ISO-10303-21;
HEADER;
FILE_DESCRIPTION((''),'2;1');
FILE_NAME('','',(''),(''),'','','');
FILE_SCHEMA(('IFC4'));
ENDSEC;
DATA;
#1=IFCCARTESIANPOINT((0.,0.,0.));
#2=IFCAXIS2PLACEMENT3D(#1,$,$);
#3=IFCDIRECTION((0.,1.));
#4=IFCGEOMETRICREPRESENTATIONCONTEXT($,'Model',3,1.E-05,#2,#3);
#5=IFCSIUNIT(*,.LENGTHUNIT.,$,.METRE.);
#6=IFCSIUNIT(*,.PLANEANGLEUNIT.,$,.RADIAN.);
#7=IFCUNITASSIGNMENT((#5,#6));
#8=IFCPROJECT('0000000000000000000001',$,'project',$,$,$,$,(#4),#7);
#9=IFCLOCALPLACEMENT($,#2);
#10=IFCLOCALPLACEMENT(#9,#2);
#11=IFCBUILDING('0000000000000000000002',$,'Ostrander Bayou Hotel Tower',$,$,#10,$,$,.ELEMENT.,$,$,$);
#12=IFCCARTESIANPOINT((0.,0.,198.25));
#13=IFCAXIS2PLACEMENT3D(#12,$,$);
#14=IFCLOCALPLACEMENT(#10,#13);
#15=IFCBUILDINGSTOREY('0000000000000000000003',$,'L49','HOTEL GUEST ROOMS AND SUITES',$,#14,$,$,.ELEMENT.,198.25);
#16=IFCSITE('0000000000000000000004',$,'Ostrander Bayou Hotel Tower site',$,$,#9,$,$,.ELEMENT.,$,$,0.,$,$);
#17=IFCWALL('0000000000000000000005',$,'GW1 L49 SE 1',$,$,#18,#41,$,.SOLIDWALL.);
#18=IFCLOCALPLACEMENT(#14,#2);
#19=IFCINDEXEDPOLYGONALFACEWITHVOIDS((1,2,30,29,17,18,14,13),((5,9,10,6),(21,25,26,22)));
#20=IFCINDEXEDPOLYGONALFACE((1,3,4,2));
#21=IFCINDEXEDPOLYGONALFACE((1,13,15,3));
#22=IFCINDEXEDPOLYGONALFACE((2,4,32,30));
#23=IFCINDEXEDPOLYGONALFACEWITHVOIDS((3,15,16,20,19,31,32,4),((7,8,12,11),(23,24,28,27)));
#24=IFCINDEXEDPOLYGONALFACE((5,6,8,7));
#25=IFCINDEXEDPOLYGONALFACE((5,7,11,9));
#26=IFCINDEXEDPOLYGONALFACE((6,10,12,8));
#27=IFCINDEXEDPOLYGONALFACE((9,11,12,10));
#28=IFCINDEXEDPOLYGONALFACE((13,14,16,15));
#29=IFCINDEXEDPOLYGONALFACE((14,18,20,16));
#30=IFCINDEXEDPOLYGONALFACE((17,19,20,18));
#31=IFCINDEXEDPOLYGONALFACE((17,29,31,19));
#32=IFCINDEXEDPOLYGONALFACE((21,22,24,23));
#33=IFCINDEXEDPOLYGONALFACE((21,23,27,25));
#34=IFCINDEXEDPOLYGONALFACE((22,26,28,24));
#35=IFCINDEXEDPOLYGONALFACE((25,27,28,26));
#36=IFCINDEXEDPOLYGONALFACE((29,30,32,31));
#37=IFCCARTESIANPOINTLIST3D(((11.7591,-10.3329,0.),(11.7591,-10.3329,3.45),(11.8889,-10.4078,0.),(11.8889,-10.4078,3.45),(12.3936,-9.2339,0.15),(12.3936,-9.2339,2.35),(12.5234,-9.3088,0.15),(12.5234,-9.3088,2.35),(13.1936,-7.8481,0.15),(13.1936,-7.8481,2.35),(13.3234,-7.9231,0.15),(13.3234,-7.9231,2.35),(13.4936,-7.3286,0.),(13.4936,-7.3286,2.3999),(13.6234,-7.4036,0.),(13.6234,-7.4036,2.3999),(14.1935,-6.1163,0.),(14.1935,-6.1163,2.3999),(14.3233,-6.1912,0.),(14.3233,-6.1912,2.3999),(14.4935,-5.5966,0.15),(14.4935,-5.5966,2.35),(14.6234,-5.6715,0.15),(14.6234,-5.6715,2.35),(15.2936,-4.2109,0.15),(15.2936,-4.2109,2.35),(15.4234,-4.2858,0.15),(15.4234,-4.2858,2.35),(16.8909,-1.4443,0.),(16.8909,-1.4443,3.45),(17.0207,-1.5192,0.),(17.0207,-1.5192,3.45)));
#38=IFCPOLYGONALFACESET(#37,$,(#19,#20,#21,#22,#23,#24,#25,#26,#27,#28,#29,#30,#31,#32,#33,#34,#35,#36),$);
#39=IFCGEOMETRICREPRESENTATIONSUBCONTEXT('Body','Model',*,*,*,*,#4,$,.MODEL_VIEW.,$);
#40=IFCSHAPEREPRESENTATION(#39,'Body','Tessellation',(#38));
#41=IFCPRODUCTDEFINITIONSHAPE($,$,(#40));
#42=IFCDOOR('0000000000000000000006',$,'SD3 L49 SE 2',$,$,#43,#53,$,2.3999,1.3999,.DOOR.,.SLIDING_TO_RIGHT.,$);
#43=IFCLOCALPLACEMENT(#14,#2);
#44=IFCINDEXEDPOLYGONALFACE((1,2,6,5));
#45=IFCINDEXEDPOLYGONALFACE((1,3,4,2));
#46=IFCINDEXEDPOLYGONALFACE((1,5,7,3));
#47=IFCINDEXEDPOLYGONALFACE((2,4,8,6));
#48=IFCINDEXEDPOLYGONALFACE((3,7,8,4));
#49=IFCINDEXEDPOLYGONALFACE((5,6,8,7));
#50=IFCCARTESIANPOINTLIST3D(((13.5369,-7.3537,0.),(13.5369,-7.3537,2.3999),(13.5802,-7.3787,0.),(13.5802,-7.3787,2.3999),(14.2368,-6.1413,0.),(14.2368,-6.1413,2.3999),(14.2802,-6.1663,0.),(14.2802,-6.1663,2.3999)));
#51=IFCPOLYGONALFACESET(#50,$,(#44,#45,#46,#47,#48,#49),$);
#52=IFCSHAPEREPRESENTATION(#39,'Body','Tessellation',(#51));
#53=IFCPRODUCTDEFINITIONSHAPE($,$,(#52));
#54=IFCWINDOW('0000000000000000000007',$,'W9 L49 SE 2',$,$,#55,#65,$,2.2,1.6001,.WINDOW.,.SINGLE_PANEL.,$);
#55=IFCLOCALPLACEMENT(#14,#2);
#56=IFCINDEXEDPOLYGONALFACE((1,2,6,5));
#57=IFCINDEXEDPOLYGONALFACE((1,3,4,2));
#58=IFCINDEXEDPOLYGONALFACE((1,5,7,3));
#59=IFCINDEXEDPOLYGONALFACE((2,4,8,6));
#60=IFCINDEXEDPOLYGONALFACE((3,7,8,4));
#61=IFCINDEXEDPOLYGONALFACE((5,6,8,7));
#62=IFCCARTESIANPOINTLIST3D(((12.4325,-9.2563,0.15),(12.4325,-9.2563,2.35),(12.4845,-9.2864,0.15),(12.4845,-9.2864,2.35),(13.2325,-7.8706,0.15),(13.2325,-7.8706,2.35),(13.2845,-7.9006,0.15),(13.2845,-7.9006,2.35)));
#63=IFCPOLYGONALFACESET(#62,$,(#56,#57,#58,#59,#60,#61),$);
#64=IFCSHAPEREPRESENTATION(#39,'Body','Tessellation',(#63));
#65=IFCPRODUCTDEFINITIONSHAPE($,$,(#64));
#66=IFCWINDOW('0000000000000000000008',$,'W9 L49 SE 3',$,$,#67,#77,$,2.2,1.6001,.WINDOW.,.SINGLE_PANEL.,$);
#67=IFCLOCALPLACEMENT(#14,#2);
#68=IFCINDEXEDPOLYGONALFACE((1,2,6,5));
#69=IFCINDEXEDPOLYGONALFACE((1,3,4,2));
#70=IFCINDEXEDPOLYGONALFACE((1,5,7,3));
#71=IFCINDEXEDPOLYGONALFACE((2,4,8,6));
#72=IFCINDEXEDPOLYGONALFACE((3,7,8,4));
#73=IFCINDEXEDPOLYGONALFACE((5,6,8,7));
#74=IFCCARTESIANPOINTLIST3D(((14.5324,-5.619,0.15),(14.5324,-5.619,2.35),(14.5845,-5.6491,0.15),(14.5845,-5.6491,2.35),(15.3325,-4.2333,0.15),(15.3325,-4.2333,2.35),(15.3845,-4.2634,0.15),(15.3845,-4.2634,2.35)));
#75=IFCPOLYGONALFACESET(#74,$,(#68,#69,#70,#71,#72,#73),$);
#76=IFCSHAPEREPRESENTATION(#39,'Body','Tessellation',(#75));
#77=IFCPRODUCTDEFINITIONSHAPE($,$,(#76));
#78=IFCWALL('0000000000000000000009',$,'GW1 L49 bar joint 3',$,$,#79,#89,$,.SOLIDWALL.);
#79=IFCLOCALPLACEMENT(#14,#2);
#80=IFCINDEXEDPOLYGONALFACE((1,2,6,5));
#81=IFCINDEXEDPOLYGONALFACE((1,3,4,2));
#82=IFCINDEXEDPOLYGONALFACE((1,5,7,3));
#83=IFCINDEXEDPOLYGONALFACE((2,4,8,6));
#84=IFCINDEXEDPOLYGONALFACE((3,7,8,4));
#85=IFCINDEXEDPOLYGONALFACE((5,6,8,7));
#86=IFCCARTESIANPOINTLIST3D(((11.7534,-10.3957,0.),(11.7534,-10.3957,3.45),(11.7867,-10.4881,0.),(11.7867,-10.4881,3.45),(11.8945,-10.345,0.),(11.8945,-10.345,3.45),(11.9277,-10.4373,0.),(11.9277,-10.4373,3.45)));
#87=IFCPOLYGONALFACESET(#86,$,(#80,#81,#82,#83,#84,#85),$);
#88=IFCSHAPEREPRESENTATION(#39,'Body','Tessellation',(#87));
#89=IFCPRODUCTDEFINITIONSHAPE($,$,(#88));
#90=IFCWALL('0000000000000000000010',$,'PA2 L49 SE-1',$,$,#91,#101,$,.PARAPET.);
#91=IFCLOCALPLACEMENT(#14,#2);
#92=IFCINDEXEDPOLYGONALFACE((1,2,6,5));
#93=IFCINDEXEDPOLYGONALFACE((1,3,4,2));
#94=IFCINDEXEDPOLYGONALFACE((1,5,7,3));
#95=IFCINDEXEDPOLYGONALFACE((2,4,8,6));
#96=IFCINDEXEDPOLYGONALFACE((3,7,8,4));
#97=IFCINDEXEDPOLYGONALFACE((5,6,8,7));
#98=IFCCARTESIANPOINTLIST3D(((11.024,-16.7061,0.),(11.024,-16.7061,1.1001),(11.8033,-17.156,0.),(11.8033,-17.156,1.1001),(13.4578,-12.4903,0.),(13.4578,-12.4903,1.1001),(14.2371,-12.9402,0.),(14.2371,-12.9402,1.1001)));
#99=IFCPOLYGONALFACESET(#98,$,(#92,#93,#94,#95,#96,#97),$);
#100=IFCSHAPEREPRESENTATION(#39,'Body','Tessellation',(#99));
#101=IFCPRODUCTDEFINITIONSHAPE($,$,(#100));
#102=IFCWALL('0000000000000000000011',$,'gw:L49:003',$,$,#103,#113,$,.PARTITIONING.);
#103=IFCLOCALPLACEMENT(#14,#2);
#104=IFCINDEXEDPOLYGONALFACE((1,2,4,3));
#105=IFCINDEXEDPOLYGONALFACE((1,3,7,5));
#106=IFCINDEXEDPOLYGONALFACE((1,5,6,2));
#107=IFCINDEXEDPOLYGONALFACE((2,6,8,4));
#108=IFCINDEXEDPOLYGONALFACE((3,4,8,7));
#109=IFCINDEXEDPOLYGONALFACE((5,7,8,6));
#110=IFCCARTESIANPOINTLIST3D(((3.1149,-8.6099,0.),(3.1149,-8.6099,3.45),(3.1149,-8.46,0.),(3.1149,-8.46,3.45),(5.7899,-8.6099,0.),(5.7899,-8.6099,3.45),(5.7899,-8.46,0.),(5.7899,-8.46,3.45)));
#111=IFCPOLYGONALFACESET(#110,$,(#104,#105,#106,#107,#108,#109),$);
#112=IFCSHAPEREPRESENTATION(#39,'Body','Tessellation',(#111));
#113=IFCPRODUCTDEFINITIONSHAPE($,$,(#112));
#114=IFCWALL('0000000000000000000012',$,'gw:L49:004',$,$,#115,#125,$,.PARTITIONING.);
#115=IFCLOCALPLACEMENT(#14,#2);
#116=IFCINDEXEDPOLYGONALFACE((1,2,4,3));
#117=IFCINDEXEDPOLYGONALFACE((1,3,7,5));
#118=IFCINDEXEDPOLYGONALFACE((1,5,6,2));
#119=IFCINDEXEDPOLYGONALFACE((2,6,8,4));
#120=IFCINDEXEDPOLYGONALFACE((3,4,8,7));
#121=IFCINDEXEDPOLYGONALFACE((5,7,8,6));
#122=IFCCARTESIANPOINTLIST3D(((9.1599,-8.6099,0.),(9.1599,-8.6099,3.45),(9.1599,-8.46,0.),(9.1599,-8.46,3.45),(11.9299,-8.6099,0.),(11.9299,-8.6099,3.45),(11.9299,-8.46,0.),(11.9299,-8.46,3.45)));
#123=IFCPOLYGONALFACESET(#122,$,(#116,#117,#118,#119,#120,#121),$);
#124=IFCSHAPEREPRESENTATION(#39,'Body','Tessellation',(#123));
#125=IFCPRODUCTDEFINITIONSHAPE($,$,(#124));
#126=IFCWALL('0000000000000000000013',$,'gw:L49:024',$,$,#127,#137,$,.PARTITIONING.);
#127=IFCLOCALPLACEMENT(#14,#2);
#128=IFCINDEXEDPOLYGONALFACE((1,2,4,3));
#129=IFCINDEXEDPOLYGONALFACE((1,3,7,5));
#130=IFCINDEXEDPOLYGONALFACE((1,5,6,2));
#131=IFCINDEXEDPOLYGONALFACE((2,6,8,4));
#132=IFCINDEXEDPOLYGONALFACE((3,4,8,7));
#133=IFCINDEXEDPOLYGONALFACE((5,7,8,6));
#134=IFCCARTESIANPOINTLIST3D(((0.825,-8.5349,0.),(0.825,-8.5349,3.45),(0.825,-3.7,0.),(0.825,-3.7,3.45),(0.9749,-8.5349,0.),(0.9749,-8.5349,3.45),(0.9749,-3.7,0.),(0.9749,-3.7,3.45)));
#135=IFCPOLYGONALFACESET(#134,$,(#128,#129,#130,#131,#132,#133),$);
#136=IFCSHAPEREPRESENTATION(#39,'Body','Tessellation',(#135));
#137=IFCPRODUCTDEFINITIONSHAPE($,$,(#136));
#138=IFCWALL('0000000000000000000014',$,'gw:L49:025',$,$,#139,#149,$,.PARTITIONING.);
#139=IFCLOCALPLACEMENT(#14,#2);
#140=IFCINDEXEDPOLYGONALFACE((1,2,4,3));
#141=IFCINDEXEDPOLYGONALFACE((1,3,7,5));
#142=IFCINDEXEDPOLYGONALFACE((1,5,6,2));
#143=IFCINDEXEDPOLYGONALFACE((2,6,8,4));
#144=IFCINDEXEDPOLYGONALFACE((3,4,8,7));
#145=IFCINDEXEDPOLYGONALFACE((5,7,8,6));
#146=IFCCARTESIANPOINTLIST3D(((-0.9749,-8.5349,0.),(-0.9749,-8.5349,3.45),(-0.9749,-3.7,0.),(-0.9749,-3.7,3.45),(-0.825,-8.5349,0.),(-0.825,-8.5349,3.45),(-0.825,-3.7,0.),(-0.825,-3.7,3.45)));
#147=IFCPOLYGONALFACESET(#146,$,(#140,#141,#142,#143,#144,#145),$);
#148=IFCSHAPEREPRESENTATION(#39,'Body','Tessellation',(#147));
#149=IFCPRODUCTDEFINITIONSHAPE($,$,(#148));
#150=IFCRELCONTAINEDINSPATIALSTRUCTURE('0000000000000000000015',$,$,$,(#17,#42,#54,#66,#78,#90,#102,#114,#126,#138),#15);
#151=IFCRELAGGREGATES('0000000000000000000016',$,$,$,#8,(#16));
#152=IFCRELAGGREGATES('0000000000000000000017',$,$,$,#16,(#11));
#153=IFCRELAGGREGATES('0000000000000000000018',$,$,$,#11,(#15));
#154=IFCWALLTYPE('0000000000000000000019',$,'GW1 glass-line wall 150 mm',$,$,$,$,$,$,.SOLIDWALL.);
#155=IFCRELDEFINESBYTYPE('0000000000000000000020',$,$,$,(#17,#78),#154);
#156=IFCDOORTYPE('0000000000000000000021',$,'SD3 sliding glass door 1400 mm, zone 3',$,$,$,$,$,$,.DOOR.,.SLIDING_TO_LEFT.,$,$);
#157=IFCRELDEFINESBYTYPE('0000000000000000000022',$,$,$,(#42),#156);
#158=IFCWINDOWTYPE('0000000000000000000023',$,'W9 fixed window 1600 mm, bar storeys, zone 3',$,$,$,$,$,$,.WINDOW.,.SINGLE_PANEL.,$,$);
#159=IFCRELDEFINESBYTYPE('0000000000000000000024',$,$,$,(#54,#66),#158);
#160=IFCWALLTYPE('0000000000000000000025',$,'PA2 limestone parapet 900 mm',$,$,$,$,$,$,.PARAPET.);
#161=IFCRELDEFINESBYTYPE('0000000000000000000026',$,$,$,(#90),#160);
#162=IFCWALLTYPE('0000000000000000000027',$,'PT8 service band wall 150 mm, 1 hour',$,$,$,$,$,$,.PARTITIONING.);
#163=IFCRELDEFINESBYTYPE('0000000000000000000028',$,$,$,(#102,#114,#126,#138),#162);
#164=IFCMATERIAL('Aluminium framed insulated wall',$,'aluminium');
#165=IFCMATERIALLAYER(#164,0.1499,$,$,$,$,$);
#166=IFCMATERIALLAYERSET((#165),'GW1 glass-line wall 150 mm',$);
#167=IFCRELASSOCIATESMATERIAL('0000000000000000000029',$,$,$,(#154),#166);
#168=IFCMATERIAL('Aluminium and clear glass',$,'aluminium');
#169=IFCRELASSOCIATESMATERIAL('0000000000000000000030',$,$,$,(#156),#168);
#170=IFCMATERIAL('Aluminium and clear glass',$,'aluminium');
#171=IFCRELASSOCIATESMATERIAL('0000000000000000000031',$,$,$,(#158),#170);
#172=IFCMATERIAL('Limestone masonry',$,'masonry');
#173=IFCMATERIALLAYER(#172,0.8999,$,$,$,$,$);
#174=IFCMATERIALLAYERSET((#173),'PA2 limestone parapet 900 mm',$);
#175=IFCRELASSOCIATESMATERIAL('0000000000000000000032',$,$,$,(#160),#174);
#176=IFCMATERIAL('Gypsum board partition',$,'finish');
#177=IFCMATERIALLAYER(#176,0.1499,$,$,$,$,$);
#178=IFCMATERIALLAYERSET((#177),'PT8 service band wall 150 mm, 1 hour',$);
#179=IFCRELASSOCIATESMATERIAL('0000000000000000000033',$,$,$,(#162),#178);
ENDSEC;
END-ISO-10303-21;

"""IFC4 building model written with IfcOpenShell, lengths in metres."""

from ifc_helpers import new_model, si_unit, direction, frame, frame_2d, origin, place, context, subcontext, project, spatial, rectangle, extrude, material, layer, layer_set, type_object, element, fill, save


model = new_model("IFC4")

# Units and contexts
model_context = context("Model", 3, precision=1e-05, world=origin(), true_north=direction((0.0, 1.0)))
body_context = subcontext(model_context, "Body", "Model", "MODEL_VIEW")
ifc_project = project(units=[si_unit("LENGTHUNIT", "METRE"), si_unit("PLANEANGLEUNIT", "RADIAN")], contexts=[model_context])

# Site, building, storey
site_placement = place(None, origin())
site = spatial("IfcSite", under=ifc_project, at=site_placement, Name="Ostrander Bayou Hotel Tower site", CompositionType="ELEMENT", RefElevation=0.0)
building_placement = place(site_placement, origin())
building = spatial("IfcBuilding", under=site, at=building_placement, Name="Ostrander Bayou Hotel Tower", CompositionType="ELEMENT")
storey_placement = place(building_placement, frame((0.0, 0.0, 198.25)))
storey = spatial("IfcBuildingStorey", under=building, at=storey_placement, Name="L49", Description="HOTEL GUEST ROOMS AND SUITES", CompositionType="ELEMENT", Elevation=198.25)

# Wall, openings, door, windows
ifc_material_1 = material(Name="Aluminium framed insulated wall", Category="aluminium")
ifc_layer_1 = layer(ifc_material_1, 0.1499)
ifc_layer_set_1 = layer_set([ifc_layer_1], Name="GW1 glass-line wall 150 mm")
wall_type_1 = type_object("IfcWallType", Name="GW1 glass-line wall 150 mm", PredefinedType="SOLIDWALL", material=ifc_layer_set_1)
wall_1_placement = place(storey_placement, frame((11.824, -10.3704, 0.0), z_axis=(0.0, 0.0, 1.0), x_axis=(0.499997, 0.866027, 0.0)))
wall_1 = element("IfcWall", 1, at=wall_1_placement, inside=storey, type_object=wall_type_1, Name="GW1 L49 SE 1", PredefinedType="SOLIDWALL", context=body_context, shape_type="SweptSolid", body=[
    extrude(rectangle(XDim=10.2637, YDim=0.1499, at=frame_2d((5.1318, 0.0))), origin(), (0.0, 0.0, 1.0), 3.45),
])
opening_1_placement = place(wall_1_placement, frame((1.269, 0.0, 0.1499)))
opening_1 = element("IfcOpeningElement", 2, at=opening_1_placement, cuts=wall_1, PredefinedType="OPENING", context=body_context, shape_type="SweptSolid", body=[
    extrude(rectangle(XDim=1.6001, YDim=2.2, at=frame_2d((0.8, 1.1001))), frame((0.0, 0.075, 0.0), z_axis=(0.0, -1.0, 0.0), x_axis=(1.0, 0.0, 0.0)), (0.0, 0.0, 1.0), 0.1499),
])
opening_2_placement = place(wall_1_placement, frame((3.469, 0.0, 0.0)))
opening_2 = element("IfcOpeningElement", 3, at=opening_2_placement, cuts=wall_1, PredefinedType="OPENING", context=body_context, shape_type="SweptSolid", body=[
    extrude(rectangle(XDim=1.3999, YDim=2.3999, at=frame_2d((0.7, 1.2))), frame((0.0, 0.075, 0.0), z_axis=(0.0, -1.0, 0.0), x_axis=(1.0, 0.0, 0.0)), (0.0, 0.0, 1.0), 0.1499),
])
opening_3_placement = place(wall_1_placement, frame((5.469, 0.0, 0.1499)))
opening_3 = element("IfcOpeningElement", 4, at=opening_3_placement, cuts=wall_1, PredefinedType="OPENING", context=body_context, shape_type="SweptSolid", body=[
    extrude(rectangle(XDim=1.6001, YDim=2.2, at=frame_2d((0.8, 1.1001))), frame((0.0, 0.075, 0.0), z_axis=(0.0, -1.0, 0.0), x_axis=(1.0, 0.0, 0.0)), (0.0, 0.0, 1.0), 0.1499),
])
ifc_material_2 = material(Name="Aluminium and clear glass", Category="aluminium")
door_type_1 = type_object("IfcDoorType", Name="SD3 sliding glass door 1400 mm, zone 3", OperationType="SLIDING_TO_LEFT", PredefinedType="DOOR", material=ifc_material_2)
door_1_placement = place(opening_2_placement, origin())
door_1 = element("IfcDoor", 5, at=door_1_placement, inside=storey, type_object=door_type_1, Name="SD3 L49 SE 2", OperationType="SLIDING_TO_RIGHT", OverallHeight=2.3999, OverallWidth=1.3999, PredefinedType="DOOR", context=body_context, shape_type="SweptSolid", body=[
    extrude(rectangle(XDim=1.3999, YDim=2.3999, at=frame_2d((0.7, 1.2))), frame((0.0, 0.0249, 0.0), z_axis=(0.0, -1.0, 0.0), x_axis=(1.0, 0.0, 0.0)), (0.0, 0.0, 1.0), 0.05),
])
fill(opening_2, door_1)
ifc_material_3 = material(Name="Aluminium and clear glass", Category="aluminium")
window_type = type_object("IfcWindowType", Name="W9 fixed window 1600 mm, bar storeys, zone 3", PartitioningType="SINGLE_PANEL", PredefinedType="WINDOW", material=ifc_material_3)
window_1_placement = place(opening_1_placement, origin())
window_1 = element("IfcWindow", 6, at=window_1_placement, inside=storey, type_object=window_type, Name="W9 L49 SE 2", OverallHeight=2.2, OverallWidth=1.6001, PartitioningType="SINGLE_PANEL", PredefinedType="WINDOW", context=body_context, shape_type="SweptSolid", body=[
    extrude(rectangle(XDim=1.6001, YDim=2.2, at=frame_2d((0.8, 1.1001))), frame((0.0, 0.03, 0.0), z_axis=(0.0, -1.0, 0.0), x_axis=(1.0, 0.0, 0.0)), (0.0, 0.0, 1.0), 0.0601),
])
fill(opening_1, window_1)
window_2_placement = place(opening_3_placement, origin())
window_2 = element("IfcWindow", 7, at=window_2_placement, inside=storey, type_object=window_type, Name="W9 L49 SE 3", OverallHeight=2.2, OverallWidth=1.6001, PartitioningType="SINGLE_PANEL", PredefinedType="WINDOW", context=body_context, shape_type="SweptSolid", body=[
    extrude(rectangle(XDim=1.6001, YDim=2.2, at=frame_2d((0.8, 1.1001))), frame((0.0, 0.03, 0.0), z_axis=(0.0, -1.0, 0.0), x_axis=(1.0, 0.0, 0.0)), (0.0, 0.0, 1.0), 0.0601),
])
fill(opening_3, window_2)

# Walls
wall_2_placement = place(storey_placement, frame((11.824, -10.3704, 0.0), z_axis=(0.0, 0.0, 1.0), x_axis=(0.338543, -0.940951, 0.0)))
element("IfcWall", 8, at=wall_2_placement, inside=storey, type_object=wall_type_1, Name="GW1 L49 bar joint 3", PredefinedType="SOLIDWALL", context=body_context, shape_type="SweptSolid", body=[
    extrude(rectangle(XDim=0.0981, YDim=0.1499, at=frame_2d((0.0491, 0.0))), origin(), (0.0, 0.0, 1.0), 3.45),
])
ifc_material_4 = material(Name="Limestone masonry", Category="masonry")
ifc_layer_2 = layer(ifc_material_4, 0.8999)
ifc_layer_set_2 = layer_set([ifc_layer_2], Name="PA2 limestone parapet 900 mm")
wall_type_2 = type_object("IfcWallType", Name="PA2 limestone parapet 900 mm", PredefinedType="PARAPET", material=ifc_layer_set_2)
wall_3_placement = place(storey_placement, frame((11.4136, -16.9312, 0.0), z_axis=(0.0, 0.0, 1.0), x_axis=(0.499974, 0.86604, 0.0)))
element("IfcWall", 9, at=wall_3_placement, inside=storey, type_object=wall_type_2, Name="PA2 L49 SE-1", PredefinedType="PARAPET", context=body_context, shape_type="SweptSolid", body=[
    extrude(rectangle(XDim=4.8679, YDim=0.8999, at=frame_2d((2.4341, 0.0))), origin(), (0.0, 0.0, 1.0), 1.1001),
])
ifc_material_5 = material(Name="Gypsum board partition", Category="finish")
ifc_layer_3 = layer(ifc_material_5, 0.1499)
ifc_layer_set_3 = layer_set([ifc_layer_3], Name="PT8 service band wall 150 mm, 1 hour")
wall_type_3 = type_object("IfcWallType", Name="PT8 service band wall 150 mm, 1 hour", PredefinedType="PARTITIONING", material=ifc_layer_set_3)
wall_4_placement = place(storey_placement, frame((3.115, -8.5349, 0.0), z_axis=(0.0, 0.0, 1.0), x_axis=(1.0, 0.0, 0.0)))
element("IfcWall", 10, at=wall_4_placement, inside=storey, type_object=wall_type_3, Name="gw:L49:003", PredefinedType="PARTITIONING", context=body_context, shape_type="SweptSolid", body=[
    extrude(rectangle(XDim=2.675, YDim=0.1499, at=frame_2d((1.3374, 0.0))), origin(), (0.0, 0.0, 1.0), 3.45),
])
wall_5_placement = place(storey_placement, frame((9.1599, -8.5349, 0.0), z_axis=(0.0, 0.0, 1.0), x_axis=(1.0, 0.0, 0.0)))
element("IfcWall", 11, at=wall_5_placement, inside=storey, type_object=wall_type_3, Name="gw:L49:004", PredefinedType="PARTITIONING", context=body_context, shape_type="SweptSolid", body=[
    extrude(rectangle(XDim=2.77, YDim=0.1499, at=frame_2d((1.385, 0.0))), origin(), (0.0, 0.0, 1.0), 3.45),
])
for number, where, z_axis, x_axis, name in (
    (12, (0.8999, -8.5349, 0.0), (0.0, 0.0, 1.0), (0.0, 1.0, 0.0), "gw:L49:024"),
    (13, (-0.8999, -8.5349, 0.0), (0.0, 0.0, 1.0), (0.0, 1.0, 0.0), "gw:L49:025"),
):
    element("IfcWall", number, at=place(storey_placement, frame(where, z_axis=z_axis, x_axis=x_axis)), inside=storey, type_object=wall_type_3, Name=name, PredefinedType="PARTITIONING", context=body_context, shape_type="SweptSolid", body=[
        extrude(rectangle(XDim=4.835, YDim=0.1499, at=frame_2d((2.4175, 0.0))), origin(), (0.0, 0.0, 1.0), 3.45),
    ])

save(model, "model.ifc")
